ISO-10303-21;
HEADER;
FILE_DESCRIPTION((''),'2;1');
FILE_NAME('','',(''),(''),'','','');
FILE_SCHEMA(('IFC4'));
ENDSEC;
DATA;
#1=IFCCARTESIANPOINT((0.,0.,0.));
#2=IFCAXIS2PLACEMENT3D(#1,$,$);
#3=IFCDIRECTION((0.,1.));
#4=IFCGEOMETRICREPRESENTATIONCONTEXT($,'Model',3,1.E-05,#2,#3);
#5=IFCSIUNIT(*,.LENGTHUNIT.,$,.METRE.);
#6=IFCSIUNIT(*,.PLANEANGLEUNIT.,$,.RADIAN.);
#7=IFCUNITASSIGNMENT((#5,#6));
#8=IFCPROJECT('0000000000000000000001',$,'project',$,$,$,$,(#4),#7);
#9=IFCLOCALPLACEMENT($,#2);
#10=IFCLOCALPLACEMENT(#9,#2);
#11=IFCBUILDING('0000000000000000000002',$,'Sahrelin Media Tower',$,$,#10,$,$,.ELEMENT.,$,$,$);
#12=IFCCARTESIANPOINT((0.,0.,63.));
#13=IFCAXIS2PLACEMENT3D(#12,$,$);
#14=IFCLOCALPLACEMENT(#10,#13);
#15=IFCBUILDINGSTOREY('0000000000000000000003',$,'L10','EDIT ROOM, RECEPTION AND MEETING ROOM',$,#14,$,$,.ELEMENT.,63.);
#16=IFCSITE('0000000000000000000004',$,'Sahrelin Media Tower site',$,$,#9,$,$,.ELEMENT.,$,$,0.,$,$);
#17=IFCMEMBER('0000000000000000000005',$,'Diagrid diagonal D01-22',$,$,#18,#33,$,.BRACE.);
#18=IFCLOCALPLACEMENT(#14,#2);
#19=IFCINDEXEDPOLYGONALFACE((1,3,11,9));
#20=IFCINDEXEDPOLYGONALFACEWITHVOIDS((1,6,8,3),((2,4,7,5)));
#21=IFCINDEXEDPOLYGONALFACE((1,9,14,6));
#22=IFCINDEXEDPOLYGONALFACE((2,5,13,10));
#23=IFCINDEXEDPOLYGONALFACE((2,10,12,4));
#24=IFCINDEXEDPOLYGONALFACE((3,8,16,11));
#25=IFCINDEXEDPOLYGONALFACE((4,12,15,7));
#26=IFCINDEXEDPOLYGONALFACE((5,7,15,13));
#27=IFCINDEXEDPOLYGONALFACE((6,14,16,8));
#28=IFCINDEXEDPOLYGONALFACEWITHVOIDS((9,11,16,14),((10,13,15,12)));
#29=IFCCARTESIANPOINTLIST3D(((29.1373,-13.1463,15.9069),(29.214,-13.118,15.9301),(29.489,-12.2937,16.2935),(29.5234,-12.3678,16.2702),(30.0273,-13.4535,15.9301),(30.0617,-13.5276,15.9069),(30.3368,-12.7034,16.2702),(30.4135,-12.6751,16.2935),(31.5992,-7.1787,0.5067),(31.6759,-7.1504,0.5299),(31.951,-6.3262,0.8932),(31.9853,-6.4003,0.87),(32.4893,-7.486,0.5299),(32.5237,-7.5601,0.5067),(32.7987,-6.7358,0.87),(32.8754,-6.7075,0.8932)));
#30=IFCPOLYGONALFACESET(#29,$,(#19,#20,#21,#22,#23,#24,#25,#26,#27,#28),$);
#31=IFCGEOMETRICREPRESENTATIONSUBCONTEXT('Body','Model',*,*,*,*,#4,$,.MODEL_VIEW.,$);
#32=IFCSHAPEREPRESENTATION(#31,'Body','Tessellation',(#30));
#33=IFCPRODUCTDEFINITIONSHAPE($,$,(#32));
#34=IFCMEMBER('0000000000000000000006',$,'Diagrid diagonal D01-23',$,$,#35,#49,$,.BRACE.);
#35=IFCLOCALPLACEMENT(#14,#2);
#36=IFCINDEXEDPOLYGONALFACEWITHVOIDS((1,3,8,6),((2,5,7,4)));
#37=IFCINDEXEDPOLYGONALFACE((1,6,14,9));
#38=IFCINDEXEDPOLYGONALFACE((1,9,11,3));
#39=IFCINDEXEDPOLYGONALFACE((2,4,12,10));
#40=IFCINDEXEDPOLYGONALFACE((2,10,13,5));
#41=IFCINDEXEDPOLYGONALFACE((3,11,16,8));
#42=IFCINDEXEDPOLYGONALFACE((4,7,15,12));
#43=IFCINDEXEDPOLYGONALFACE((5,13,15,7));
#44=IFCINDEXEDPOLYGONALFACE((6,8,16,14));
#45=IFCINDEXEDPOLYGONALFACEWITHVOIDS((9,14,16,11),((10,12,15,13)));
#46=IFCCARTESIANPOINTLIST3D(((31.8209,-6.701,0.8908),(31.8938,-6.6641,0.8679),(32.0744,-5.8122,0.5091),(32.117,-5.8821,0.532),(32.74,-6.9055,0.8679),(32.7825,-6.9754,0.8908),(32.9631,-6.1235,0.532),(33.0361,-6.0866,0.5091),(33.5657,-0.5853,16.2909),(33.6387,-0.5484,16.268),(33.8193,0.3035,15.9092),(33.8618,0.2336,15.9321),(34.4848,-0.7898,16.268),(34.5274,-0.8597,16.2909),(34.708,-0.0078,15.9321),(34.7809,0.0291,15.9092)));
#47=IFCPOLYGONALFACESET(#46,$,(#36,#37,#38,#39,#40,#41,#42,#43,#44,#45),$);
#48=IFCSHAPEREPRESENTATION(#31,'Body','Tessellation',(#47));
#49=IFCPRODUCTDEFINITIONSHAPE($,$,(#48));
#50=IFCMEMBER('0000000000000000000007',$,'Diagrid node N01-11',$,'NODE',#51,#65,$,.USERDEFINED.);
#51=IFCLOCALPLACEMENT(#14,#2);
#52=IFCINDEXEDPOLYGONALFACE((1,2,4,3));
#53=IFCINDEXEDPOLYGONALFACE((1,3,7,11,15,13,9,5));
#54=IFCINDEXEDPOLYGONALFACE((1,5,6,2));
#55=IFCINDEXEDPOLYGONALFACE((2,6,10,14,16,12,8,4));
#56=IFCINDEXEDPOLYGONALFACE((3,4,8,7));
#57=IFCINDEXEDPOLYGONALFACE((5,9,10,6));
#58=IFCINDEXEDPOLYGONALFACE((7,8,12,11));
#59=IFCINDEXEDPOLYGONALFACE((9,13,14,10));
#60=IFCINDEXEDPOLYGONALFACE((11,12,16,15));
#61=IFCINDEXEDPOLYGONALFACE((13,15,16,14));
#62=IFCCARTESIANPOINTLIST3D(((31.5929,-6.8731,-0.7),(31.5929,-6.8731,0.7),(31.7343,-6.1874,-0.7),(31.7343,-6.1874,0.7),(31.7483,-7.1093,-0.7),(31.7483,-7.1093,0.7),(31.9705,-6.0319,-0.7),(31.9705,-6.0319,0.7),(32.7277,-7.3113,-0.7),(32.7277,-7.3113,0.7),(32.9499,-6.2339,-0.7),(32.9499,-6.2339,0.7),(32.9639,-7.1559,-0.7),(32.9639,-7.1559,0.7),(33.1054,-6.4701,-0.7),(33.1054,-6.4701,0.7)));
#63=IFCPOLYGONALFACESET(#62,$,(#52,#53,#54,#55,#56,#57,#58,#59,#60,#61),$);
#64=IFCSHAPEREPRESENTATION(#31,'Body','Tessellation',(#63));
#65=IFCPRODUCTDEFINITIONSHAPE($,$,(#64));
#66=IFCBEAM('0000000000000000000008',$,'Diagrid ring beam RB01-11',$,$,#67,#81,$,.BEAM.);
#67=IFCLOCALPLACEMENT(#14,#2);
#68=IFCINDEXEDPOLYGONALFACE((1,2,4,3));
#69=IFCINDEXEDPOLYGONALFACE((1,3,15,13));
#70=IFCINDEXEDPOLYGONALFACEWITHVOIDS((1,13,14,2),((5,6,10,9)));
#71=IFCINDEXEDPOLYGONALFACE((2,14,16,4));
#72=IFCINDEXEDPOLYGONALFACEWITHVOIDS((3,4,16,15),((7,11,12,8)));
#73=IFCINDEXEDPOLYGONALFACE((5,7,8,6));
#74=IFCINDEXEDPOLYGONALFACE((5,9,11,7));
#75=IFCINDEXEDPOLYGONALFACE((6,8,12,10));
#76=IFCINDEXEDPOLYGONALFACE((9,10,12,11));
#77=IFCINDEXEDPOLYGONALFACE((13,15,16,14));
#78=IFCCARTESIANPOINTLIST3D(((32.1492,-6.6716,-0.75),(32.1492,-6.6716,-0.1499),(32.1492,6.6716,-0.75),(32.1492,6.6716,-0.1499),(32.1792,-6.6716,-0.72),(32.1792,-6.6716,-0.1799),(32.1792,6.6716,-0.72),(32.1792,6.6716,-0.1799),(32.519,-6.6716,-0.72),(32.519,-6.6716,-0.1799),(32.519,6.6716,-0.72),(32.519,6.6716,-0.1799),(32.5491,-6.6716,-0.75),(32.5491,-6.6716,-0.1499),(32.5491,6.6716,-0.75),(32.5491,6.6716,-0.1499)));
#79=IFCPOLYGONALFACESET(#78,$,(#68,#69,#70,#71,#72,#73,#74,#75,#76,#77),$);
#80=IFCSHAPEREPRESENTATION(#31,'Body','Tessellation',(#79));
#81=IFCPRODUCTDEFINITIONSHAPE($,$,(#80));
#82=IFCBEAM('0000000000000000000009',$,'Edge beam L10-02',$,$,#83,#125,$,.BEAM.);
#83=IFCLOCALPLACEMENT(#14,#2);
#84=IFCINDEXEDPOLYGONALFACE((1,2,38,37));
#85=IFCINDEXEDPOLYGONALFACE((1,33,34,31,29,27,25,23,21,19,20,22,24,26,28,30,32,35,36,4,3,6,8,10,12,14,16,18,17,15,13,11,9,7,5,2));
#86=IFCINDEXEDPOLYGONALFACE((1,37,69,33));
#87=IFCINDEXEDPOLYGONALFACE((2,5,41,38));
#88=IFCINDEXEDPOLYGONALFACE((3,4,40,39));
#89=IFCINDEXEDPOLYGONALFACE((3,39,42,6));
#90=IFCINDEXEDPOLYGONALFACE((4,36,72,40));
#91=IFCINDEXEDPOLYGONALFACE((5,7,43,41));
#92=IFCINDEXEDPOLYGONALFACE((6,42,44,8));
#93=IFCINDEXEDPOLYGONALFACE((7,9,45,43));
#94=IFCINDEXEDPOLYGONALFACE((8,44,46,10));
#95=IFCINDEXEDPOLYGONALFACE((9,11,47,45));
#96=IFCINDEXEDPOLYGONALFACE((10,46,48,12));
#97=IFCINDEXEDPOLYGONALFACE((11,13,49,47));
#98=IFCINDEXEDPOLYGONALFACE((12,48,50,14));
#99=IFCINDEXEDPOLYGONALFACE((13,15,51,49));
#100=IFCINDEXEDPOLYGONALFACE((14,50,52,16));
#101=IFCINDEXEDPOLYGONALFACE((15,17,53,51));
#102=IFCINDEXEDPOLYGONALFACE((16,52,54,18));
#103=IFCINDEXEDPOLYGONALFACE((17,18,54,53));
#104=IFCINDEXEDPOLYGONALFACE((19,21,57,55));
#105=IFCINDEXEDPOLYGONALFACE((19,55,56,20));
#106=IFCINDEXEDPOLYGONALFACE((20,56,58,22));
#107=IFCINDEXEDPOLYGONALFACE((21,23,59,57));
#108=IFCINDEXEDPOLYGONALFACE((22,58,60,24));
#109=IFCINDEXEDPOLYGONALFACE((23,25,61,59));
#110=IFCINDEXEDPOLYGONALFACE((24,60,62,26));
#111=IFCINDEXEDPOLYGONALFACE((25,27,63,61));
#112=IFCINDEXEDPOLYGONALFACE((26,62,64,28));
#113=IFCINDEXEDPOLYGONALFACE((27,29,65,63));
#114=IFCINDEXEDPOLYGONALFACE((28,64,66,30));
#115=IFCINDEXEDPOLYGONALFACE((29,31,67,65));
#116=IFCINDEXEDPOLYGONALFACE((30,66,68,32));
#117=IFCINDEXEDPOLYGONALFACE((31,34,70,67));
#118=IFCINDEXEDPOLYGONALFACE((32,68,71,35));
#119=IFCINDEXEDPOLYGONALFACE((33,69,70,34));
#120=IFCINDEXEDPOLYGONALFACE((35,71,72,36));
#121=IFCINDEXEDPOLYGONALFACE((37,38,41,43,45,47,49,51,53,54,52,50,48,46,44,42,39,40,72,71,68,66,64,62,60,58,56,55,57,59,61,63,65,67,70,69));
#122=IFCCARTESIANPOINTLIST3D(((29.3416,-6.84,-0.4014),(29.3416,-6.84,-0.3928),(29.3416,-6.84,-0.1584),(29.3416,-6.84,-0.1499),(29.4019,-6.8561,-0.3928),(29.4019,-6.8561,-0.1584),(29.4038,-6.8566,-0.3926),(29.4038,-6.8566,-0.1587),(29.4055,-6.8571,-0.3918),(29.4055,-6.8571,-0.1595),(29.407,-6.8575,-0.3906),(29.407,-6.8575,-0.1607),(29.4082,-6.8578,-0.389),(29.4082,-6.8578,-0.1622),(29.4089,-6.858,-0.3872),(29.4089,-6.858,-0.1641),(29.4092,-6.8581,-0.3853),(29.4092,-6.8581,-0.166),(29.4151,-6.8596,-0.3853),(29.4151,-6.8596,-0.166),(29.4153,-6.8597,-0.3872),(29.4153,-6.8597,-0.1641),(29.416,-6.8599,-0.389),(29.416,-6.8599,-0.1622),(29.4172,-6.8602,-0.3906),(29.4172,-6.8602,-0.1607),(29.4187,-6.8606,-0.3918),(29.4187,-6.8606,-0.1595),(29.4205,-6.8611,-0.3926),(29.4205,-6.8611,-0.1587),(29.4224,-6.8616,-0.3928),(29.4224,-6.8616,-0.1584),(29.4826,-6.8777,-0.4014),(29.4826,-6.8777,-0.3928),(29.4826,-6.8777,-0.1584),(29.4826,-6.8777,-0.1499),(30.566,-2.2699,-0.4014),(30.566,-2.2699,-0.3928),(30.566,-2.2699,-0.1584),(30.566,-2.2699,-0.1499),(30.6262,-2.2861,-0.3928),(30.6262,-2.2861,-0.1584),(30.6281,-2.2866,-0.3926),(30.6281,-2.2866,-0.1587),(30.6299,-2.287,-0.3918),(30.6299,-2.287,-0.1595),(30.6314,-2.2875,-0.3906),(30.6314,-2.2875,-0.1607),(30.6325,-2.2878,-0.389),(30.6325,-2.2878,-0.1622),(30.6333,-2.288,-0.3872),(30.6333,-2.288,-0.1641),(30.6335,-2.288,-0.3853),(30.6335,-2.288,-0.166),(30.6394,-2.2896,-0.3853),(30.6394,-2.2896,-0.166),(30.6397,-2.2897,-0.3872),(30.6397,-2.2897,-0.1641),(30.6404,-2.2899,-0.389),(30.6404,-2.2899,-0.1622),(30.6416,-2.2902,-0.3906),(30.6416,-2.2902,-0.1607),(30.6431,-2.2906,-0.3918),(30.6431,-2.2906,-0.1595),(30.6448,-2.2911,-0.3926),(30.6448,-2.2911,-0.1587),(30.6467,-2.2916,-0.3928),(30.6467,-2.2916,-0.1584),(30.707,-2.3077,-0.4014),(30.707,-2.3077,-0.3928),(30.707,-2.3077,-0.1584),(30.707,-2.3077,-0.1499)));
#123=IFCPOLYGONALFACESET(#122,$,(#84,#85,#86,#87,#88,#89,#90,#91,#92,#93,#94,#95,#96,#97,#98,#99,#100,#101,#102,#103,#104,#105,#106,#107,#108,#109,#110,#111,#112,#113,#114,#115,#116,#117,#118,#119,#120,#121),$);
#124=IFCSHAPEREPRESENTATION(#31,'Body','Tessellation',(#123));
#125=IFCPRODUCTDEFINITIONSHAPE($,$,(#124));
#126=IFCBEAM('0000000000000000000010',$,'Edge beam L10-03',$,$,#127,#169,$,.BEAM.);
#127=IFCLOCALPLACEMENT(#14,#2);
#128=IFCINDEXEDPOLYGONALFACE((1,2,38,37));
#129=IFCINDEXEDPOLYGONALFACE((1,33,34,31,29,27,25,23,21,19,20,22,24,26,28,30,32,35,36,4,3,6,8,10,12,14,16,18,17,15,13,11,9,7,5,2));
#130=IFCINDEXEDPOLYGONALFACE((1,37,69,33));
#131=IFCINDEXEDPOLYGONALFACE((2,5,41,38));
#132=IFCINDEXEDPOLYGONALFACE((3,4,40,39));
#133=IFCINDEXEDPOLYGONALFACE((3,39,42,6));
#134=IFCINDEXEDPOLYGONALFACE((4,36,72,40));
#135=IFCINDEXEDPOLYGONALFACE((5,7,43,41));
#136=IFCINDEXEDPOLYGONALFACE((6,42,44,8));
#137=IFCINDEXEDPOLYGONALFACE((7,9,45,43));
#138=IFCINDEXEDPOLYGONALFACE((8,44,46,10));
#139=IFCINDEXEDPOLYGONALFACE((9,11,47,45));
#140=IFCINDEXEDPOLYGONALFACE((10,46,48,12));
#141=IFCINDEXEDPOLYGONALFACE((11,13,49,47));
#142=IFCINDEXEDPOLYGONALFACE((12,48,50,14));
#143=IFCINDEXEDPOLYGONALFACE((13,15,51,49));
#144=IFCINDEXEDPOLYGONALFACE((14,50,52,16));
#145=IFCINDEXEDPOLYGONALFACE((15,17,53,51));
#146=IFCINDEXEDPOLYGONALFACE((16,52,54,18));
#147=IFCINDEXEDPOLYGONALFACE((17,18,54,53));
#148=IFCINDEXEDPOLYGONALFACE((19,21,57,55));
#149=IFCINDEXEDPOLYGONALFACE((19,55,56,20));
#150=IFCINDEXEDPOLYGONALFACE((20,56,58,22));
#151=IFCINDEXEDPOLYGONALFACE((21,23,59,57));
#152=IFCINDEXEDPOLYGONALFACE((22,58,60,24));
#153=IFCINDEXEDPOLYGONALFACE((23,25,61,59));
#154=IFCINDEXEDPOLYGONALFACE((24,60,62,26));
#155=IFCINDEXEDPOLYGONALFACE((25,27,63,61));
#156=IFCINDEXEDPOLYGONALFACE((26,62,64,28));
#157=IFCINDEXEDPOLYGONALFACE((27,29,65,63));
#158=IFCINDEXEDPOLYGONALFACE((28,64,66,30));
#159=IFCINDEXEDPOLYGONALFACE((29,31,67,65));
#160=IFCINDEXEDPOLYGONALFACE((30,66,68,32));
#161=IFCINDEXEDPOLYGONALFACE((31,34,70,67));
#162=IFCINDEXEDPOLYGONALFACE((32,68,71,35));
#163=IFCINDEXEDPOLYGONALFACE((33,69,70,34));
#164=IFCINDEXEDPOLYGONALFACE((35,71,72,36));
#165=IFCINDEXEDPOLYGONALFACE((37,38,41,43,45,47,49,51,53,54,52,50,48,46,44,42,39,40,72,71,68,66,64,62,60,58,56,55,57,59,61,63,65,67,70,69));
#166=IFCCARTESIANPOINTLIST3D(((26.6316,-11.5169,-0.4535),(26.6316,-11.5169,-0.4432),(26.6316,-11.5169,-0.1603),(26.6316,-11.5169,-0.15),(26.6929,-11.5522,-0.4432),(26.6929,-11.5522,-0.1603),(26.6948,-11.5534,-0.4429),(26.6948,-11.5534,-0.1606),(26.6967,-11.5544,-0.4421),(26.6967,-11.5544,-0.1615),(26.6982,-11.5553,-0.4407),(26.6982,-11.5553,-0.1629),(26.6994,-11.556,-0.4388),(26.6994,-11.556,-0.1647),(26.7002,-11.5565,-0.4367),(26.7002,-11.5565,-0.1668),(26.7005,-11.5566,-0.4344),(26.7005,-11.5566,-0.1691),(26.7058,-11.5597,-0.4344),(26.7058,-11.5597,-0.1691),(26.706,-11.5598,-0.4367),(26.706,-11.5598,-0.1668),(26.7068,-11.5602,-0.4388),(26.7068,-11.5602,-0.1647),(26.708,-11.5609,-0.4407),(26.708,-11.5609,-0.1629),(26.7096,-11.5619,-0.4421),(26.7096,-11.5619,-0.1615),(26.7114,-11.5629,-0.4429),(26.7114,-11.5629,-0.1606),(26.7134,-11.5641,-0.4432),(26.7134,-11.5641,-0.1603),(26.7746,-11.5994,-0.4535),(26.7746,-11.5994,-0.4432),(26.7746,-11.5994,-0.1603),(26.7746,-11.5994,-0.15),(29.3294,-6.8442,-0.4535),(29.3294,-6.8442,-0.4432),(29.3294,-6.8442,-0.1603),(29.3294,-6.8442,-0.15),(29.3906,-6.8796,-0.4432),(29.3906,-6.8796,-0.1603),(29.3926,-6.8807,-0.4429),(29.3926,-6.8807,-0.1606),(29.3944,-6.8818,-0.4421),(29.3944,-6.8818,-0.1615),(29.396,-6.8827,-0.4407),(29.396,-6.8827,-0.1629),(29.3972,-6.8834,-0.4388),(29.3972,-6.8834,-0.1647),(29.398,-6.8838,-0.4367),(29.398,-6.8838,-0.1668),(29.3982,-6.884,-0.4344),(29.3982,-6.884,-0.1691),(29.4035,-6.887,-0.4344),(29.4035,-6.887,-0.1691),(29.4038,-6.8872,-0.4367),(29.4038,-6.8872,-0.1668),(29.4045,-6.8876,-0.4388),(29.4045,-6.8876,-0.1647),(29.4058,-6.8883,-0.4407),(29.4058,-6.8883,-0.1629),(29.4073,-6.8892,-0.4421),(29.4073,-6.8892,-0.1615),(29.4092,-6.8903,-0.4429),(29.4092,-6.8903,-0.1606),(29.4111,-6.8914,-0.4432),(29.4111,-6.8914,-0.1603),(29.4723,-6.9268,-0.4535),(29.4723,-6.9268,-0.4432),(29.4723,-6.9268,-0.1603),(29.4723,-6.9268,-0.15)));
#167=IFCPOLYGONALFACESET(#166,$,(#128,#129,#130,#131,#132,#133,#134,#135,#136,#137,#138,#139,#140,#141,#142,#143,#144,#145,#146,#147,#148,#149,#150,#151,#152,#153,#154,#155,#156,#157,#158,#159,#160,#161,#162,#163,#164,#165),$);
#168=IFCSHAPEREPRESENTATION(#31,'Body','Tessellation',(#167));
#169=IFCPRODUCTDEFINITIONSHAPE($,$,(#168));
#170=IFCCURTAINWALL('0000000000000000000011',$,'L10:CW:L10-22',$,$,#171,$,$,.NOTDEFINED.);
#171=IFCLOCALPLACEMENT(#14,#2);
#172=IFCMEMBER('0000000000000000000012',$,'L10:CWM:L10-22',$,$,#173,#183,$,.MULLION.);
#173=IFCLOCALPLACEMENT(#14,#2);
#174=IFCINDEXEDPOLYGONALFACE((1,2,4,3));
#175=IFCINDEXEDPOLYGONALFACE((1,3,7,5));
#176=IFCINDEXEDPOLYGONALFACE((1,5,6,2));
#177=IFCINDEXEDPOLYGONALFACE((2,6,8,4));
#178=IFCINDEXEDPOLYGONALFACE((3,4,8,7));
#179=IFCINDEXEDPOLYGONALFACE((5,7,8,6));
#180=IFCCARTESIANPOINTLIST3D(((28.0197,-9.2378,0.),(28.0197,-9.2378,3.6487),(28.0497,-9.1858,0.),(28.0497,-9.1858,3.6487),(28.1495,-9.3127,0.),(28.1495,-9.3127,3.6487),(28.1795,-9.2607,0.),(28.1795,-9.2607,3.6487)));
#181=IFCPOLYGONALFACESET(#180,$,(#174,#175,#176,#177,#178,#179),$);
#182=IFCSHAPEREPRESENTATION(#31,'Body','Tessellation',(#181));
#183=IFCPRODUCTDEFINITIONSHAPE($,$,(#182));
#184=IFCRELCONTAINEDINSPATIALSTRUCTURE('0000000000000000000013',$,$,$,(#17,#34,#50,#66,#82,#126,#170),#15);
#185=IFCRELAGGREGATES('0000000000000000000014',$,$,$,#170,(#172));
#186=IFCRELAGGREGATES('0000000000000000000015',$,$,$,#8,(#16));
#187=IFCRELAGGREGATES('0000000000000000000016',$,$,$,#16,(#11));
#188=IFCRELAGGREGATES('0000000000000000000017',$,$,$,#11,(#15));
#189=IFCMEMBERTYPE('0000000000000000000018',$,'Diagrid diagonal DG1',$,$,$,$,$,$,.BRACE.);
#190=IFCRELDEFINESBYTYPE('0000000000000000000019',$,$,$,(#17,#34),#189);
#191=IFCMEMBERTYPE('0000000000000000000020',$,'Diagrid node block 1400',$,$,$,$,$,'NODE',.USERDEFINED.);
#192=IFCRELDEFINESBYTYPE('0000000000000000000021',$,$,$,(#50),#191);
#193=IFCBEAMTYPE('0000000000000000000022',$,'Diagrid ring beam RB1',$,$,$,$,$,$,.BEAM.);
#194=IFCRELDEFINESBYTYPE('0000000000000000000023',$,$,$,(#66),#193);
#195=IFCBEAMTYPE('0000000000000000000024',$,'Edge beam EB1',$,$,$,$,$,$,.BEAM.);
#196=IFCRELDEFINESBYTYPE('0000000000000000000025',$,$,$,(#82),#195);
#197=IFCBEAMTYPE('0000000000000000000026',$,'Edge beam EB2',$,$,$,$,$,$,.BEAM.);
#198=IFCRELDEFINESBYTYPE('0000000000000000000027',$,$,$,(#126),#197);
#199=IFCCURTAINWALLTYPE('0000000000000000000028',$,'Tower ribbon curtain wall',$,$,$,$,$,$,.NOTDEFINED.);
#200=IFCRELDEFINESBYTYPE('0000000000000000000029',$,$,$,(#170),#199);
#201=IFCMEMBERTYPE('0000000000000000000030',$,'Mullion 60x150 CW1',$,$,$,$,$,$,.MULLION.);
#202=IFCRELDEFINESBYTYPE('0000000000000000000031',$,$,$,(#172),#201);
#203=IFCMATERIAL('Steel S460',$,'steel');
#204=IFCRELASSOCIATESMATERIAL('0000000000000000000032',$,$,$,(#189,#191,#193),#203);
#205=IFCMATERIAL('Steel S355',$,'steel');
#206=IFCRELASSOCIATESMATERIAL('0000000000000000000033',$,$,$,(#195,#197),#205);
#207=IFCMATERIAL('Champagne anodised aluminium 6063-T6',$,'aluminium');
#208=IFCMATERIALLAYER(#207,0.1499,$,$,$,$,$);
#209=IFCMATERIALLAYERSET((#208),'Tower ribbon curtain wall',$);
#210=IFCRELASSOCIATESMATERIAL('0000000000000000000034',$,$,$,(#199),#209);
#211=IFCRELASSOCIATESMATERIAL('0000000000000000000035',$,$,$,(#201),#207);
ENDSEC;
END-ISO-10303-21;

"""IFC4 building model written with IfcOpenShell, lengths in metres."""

from ifc_helpers import new_model, si_unit, direction, frame, origin, origin_2d, place, context, subcontext, project, spatial, polyline, rectangle, hollow_rectangle, i_section, outline, extrude, material, layer, layer_set, material_profile, profile_set, type_object, element, aggregate, save


model = new_model("IFC4")

# Units and contexts
model_context = context("Model", 3, precision=1e-05, world=origin(), true_north=direction((0.0, 1.0)))
body_context = subcontext(model_context, "Body", "Model", "MODEL_VIEW")
ifc_project = project(units=[si_unit("LENGTHUNIT", "METRE"), si_unit("PLANEANGLEUNIT", "RADIAN")], contexts=[model_context])

# Site, building, storey
site_placement = place(None, origin())
site = spatial("IfcSite", under=ifc_project, at=site_placement, Name="Sahrelin Media Tower site", CompositionType="ELEMENT", RefElevation=0.0)
building_placement = place(site_placement, origin())
building = spatial("IfcBuilding", under=site, at=building_placement, Name="Sahrelin Media Tower", CompositionType="ELEMENT")
storey_placement = place(building_placement, frame((0.0, 0.0, 63.0)))
storey = spatial("IfcBuildingStorey", under=building, at=storey_placement, Name="L10", Description="EDIT ROOM, RECEPTION AND MEETING ROOM", CompositionType="ELEMENT", Elevation=63.0)

# Members
ifc_material_1 = material(Name="Steel S460", Category="steel")
ifc_material_profile_1 = material_profile(ifc_material_1, hollow_rectangle(XDim=1.0, YDim=1.0, WallThickness=0.0601, at=origin_2d()), Name="Diagrid diagonal DG1")
ifc_profile_set_1 = profile_set([ifc_material_profile_1], Name="Steel S460")
member_type_1 = type_object("IfcMemberType", Name="Diagrid diagonal DG1", PredefinedType="BRACE", material=ifc_profile_set_1)
member_1_placement = place(storey_placement, frame((32.2373, -6.9431, 0.7), z_axis=(-0.147434, -0.357371, 0.922252), x_axis=(0.924422, -0.381372, 0.0)))
element("IfcMember", 1, at=member_1_placement, inside=storey, type_object=member_type_1, Name="Diagrid diagonal D01-22", PredefinedType="BRACE", context=body_context, shape_type="SweptSolid", body=[
    extrude(hollow_rectangle(XDim=1.0, YDim=1.0, WallThickness=0.0601, at=origin_2d()), origin(), (0.0, 0.0, 1.0), 16.6985),
])
member_2_placement = place(storey_placement, frame((32.4285, -6.3938, 0.7), z_axis=(0.104724, 0.367053, 0.924286), x_axis=(-0.961627, 0.274361, 0.0)))
element("IfcMember", 2, at=member_2_placement, inside=storey, type_object=member_type_1, Name="Diagrid diagonal D01-23", PredefinedType="BRACE", context=body_context, shape_type="SweptSolid", body=[
    extrude(hollow_rectangle(XDim=1.0, YDim=1.0, WallThickness=0.0601, at=origin_2d()), origin(), (0.0, 0.0, 1.0), 16.6616),
])
ifc_material_profile_2 = material_profile(ifc_material_1, outline(polyline([(0.5, -0.55), (0.7, -0.3501), (0.7, 0.3501), (0.5, 0.55), (-0.5, 0.55), (-0.7, 0.3501), (-0.7, -0.3501), (-0.5, -0.55), (0.5, -0.55)])), Name="Diagrid node block 1400")
ifc_profile_set_2 = profile_set([ifc_material_profile_2], Name="Steel S460")
member_type_2 = type_object("IfcMemberType", Name="Diagrid node block 1400", ElementType="NODE", PredefinedType="USERDEFINED", material=ifc_profile_set_2)
member_3_placement = place(storey_placement, frame((32.3491, -6.6716, -0.7), z_axis=(0.0, 0.0, 1.0), x_axis=(0.979388, -0.201989, 0.0)))
element("IfcMember", 3, at=member_3_placement, inside=storey, type_object=member_type_2, Name="Diagrid node N01-11", ObjectType="NODE", PredefinedType="USERDEFINED", context=body_context, shape_type="SweptSolid", body=[
    extrude(outline(polyline([(0.5, -0.55), (0.7, -0.3501), (0.7, 0.3501), (0.5, 0.55), (-0.5, 0.55), (-0.7, 0.3501), (-0.7, -0.3501), (-0.5, -0.55), (0.5, -0.55)])), origin(), (0.0, 0.0, 1.0), 1.3999),
])

# Beams
ifc_material_profile_3 = material_profile(ifc_material_1, hollow_rectangle(XDim=0.3999, YDim=0.6001, WallThickness=0.03, at=origin_2d()), Name="Diagrid ring beam RB1")
ifc_profile_set_3 = profile_set([ifc_material_profile_3], Name="Steel S460")
beam_type_1 = type_object("IfcBeamType", Name="Diagrid ring beam RB1", PredefinedType="BEAM", material=ifc_profile_set_3)
beam_1_placement = place(storey_placement, frame((32.3491, -6.6716, -0.45), z_axis=(0.0, 1.0, 0.0), x_axis=(-1.0, 0.0, 0.0)))
element("IfcBeam", 4, at=beam_1_placement, inside=storey, type_object=beam_type_1, Name="Diagrid ring beam RB01-11", PredefinedType="BEAM", context=body_context, shape_type="SweptSolid", body=[
    extrude(hollow_rectangle(XDim=0.3999, YDim=0.6001, WallThickness=0.03, at=origin_2d()), origin(), (0.0, 0.0, 1.0), 13.3433),
])
ifc_material_2 = material(Name="Steel S355", Category="steel")
ifc_material_profile_4 = material_profile(ifc_material_2, i_section(OverallWidth=0.146, OverallDepth=0.2515, WebThickness=0.0061, FlangeThickness=0.0085, FilletRadius=0.0076, at=origin_2d()), Name="UB 254x146x31")
ifc_profile_set_4 = profile_set([ifc_material_profile_4], Name="Steel S355")
beam_type_2 = type_object("IfcBeamType", Name="Edge beam EB1", PredefinedType="BEAM", material=ifc_profile_set_4)
beam_2_placement = place(storey_placement, frame((30.6365, -2.2888, -0.2756), z_axis=(-0.258783, -0.965935, 0.0), x_axis=(0.965935, -0.258783, 0.0)))
element("IfcBeam", 5, at=beam_2_placement, inside=storey, type_object=beam_type_2, Name="Edge beam L10-02", PredefinedType="BEAM", context=body_context, shape_type="SweptSolid", body=[
    extrude(i_section(OverallWidth=0.146, OverallDepth=0.2515, WebThickness=0.0061, FlangeThickness=0.0085, FilletRadius=0.0076, at=origin_2d()), origin(), (0.0, 0.0, 1.0), 4.7312),
])
ifc_material_profile_5 = material_profile(ifc_material_2, i_section(OverallWidth=0.165, OverallDepth=0.3035, WebThickness=0.0061, FlangeThickness=0.0103, FilletRadius=0.0088, at=origin_2d()), Name="UB 305x165x40")
ifc_profile_set_5 = profile_set([ifc_material_profile_5], Name="Steel S355")
beam_type_3 = type_object("IfcBeamType", Name="Edge beam EB2", PredefinedType="BEAM", material=ifc_profile_set_5)
beam_3_placement = place(storey_placement, frame((29.4009, -6.8855, -0.3018), z_axis=(-0.500003, -0.866024, 0.0), x_axis=(0.866024, -0.500003, 0.0)))
element("IfcBeam", 6, at=beam_3_placement, inside=storey, type_object=beam_type_3, Name="Edge beam L10-03", PredefinedType="BEAM", context=body_context, shape_type="SweptSolid", body=[
    extrude(i_section(OverallWidth=0.165, OverallDepth=0.3035, WebThickness=0.0061, FlangeThickness=0.0103, FilletRadius=0.0088, at=origin_2d()), origin(), (0.0, 0.0, 1.0), 5.3955),
])

# Curtain wall, member
ifc_material_3 = material(Name="Champagne anodised aluminium 6063-T6", Category="aluminium")
ifc_layer_1 = layer(ifc_material_3, 0.1499)
ifc_layer_set_1 = layer_set([ifc_layer_1], Name="Tower ribbon curtain wall")
curtain_wall_type = type_object("IfcCurtainWallType", Name="Tower ribbon curtain wall", PredefinedType="NOTDEFINED", material=ifc_layer_set_1)
curtain_wall_1_placement = place(storey_placement, frame((28.1819, -9.2966, 0.0), z_axis=(0.0, 0.0, 1.0), x_axis=(1.0, 0.0, 0.0)))
curtain_wall_1 = element("IfcCurtainWall", 7, at=curtain_wall_1_placement, inside=storey, type_object=curtain_wall_type, Name="L10:CW:L10-22", PredefinedType="NOTDEFINED")
ifc_material_profile_6 = material_profile(ifc_material_3, rectangle(XDim=0.0601, YDim=0.1499, at=origin_2d()), Name="Mullion 60x150")
ifc_profile_set_6 = profile_set([ifc_material_profile_6], Name="Champagne anodised aluminium 6063-T6")
member_type_3 = type_object("IfcMemberType", Name="Mullion 60x150 CW1", PredefinedType="MULLION", material=ifc_profile_set_6)
member_4_placement = place(storey_placement, frame((28.0996, -9.2493, 0.0), z_axis=(0.0, 0.0, 1.0), x_axis=(0.499997, 0.866027, 0.0)))
member_4 = element("IfcMember", 8, at=member_4_placement, type_object=member_type_3, Name="L10:CWM:L10-22", PredefinedType="MULLION", context=body_context, shape_type="SweptSolid", body=[
    extrude(rectangle(XDim=0.0601, YDim=0.1499, at=origin_2d()), origin(), (0.0, 0.0, 1.0), 3.6487),
])
aggregate(curtain_wall_1, [member_4])

save(model, "model.ifc")
